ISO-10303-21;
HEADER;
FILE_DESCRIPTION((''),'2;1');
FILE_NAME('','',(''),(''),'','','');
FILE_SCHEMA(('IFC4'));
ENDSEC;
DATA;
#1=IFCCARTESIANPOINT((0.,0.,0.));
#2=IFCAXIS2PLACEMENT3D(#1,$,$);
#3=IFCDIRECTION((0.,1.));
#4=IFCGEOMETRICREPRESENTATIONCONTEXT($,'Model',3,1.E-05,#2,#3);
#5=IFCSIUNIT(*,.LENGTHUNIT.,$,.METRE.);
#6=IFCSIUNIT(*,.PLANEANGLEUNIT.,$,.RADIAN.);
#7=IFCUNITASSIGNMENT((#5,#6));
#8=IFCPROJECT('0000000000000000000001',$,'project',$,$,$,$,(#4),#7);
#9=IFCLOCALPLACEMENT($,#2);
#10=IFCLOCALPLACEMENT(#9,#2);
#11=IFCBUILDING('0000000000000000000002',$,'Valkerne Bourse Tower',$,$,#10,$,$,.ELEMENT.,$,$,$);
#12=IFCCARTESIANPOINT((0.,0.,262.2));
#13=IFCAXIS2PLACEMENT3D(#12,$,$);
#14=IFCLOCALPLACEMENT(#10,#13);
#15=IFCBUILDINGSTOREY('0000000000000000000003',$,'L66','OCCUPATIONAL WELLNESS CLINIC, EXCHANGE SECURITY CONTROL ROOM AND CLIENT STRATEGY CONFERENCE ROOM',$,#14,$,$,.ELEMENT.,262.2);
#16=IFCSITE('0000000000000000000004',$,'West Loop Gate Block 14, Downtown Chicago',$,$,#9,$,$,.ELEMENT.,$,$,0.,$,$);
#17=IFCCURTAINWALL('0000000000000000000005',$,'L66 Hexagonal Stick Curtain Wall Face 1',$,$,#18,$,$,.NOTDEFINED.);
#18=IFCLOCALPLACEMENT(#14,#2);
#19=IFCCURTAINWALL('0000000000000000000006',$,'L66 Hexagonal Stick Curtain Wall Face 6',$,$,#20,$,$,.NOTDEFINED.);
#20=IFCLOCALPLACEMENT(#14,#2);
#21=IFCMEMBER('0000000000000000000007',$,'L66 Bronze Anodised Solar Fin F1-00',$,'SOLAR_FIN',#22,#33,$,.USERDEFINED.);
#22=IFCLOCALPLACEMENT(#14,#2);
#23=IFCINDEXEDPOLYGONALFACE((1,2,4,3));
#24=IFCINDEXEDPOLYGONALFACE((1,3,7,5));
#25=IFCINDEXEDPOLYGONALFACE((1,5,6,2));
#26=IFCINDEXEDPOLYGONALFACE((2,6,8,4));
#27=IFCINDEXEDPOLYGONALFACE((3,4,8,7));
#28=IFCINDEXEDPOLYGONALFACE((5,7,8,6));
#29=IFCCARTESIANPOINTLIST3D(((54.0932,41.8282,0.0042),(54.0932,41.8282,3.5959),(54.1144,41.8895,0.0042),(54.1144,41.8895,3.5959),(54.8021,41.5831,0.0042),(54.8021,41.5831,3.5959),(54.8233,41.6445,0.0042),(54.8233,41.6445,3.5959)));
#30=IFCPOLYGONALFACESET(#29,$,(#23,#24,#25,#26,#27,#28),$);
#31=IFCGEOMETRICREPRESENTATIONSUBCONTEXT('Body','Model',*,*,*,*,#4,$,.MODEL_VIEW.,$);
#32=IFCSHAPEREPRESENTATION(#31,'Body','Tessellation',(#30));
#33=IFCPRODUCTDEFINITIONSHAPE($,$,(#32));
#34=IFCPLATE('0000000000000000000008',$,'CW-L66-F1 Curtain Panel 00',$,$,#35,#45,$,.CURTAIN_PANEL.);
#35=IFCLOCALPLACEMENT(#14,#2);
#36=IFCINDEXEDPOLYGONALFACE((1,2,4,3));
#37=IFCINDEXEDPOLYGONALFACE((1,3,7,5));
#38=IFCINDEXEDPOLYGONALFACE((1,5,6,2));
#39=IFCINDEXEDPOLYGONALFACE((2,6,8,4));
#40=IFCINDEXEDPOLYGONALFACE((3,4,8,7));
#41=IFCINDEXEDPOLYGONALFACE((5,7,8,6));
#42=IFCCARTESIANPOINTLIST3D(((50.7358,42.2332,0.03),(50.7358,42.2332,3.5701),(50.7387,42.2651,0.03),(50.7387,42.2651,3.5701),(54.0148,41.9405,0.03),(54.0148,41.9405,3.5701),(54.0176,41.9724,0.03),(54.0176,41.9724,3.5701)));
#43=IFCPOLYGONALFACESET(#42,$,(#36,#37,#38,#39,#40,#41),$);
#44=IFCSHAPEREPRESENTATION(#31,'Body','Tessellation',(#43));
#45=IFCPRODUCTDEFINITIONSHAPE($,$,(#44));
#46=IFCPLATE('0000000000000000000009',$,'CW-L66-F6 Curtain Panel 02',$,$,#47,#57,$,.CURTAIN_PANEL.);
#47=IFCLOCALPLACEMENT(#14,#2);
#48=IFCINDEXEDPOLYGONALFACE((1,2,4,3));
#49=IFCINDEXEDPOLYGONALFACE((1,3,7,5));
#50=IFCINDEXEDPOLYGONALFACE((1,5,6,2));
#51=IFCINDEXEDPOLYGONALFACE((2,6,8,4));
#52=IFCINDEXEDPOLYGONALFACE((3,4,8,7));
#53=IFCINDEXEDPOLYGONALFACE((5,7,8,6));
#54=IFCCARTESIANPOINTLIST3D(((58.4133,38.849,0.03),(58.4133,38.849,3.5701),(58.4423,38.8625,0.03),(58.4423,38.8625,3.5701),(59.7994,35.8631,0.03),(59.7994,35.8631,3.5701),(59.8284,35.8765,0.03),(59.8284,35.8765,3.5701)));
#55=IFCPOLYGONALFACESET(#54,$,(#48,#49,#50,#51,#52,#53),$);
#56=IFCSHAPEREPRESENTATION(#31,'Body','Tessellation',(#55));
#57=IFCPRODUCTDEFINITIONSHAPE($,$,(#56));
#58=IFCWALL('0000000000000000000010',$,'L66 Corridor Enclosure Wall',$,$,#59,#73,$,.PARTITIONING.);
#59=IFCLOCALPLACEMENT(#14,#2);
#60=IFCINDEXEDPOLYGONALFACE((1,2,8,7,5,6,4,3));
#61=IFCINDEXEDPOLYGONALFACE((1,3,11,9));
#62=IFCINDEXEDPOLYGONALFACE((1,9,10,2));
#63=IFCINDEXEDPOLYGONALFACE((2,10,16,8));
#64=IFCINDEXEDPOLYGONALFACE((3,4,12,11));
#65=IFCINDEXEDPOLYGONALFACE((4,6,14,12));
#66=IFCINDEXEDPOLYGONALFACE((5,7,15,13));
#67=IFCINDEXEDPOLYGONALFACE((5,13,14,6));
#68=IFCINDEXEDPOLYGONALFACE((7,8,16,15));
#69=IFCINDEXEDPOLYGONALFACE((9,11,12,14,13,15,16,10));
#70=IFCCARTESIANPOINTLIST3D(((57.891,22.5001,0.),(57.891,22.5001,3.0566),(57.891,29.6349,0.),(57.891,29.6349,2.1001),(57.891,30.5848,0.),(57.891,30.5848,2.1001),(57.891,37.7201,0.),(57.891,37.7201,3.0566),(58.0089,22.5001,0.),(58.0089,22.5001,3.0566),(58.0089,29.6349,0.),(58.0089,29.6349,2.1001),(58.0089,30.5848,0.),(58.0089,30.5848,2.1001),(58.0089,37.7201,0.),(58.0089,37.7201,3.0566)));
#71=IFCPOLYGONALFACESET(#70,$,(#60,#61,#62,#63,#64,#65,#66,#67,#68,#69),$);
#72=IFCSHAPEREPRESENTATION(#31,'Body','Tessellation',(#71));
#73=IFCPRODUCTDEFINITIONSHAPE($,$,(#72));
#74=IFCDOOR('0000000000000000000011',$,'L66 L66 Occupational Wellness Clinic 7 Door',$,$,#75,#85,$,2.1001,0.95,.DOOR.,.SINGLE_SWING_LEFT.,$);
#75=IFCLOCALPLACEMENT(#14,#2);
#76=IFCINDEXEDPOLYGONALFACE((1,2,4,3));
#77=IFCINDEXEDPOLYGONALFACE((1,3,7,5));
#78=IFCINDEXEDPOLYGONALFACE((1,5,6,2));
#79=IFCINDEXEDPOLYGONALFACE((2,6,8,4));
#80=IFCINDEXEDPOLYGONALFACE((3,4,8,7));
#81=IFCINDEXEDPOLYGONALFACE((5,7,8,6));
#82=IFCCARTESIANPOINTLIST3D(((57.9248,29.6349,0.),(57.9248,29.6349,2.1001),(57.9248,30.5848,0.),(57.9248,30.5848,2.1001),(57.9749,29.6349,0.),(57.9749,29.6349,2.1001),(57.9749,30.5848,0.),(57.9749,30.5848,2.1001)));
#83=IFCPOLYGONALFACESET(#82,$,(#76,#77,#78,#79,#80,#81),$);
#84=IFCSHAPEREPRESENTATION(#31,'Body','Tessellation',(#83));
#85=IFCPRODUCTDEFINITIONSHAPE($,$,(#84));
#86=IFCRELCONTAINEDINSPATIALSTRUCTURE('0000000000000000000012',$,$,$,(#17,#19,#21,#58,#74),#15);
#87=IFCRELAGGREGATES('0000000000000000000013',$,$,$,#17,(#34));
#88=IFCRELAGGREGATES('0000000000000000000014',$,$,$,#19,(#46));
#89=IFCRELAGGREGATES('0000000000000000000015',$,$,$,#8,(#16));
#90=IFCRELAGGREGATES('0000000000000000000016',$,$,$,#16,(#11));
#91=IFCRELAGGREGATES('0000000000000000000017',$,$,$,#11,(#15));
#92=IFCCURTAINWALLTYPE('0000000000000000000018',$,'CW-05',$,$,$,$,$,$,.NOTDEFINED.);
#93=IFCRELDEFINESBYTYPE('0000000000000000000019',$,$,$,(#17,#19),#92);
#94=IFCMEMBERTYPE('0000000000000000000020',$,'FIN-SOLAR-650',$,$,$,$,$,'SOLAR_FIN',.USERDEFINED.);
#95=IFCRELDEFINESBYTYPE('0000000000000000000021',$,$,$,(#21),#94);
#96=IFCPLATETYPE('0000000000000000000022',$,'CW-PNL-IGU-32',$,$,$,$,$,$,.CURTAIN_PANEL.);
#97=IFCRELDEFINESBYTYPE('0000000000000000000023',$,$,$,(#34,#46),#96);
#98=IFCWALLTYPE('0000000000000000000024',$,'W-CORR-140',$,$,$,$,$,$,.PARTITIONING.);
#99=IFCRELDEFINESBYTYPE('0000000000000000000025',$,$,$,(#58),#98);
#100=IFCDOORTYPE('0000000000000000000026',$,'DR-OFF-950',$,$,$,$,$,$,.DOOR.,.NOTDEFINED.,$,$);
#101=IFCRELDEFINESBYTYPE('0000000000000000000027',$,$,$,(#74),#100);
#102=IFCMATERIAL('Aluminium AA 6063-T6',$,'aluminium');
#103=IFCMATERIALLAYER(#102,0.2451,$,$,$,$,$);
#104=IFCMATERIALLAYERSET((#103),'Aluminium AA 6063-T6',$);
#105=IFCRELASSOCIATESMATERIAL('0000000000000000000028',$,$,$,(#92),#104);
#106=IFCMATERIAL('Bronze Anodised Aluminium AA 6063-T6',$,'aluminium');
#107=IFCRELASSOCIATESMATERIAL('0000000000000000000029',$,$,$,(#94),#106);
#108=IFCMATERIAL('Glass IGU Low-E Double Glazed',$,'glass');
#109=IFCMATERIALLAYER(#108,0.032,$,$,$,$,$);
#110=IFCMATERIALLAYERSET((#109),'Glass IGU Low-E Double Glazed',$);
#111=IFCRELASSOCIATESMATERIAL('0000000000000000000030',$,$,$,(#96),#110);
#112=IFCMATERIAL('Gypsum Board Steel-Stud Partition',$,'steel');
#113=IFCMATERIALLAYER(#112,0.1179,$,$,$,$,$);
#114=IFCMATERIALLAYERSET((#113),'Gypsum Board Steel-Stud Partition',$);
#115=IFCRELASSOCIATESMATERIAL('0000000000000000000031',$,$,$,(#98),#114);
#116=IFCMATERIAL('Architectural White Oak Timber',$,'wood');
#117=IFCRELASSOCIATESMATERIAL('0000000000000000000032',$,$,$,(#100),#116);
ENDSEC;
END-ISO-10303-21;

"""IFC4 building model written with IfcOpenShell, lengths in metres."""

from ifc_helpers import new_model, si_unit, direction, frame, frame_2d, origin, origin_2d, place, context, subcontext, project, spatial, rectangle, extrude, material, layer, layer_set, material_profile, profile_set, type_object, element, fill, aggregate, save


model = new_model("IFC4")

# Units and contexts
model_context = context("Model", 3, precision=1e-05, world=origin(), true_north=direction((0.0, 1.0)))
body_context = subcontext(model_context, "Body", "Model", "MODEL_VIEW")
ifc_project = project(units=[si_unit("LENGTHUNIT", "METRE"), si_unit("PLANEANGLEUNIT", "RADIAN")], contexts=[model_context])

# Site, building, storey
site_placement = place(None, origin())
site = spatial("IfcSite", under=ifc_project, at=site_placement, Name="West Loop Gate Block 14, Downtown Chicago", CompositionType="ELEMENT", RefElevation=0.0)
building_placement = place(site_placement, origin())
building = spatial("IfcBuilding", under=site, at=building_placement, Name="Valkerne Bourse Tower", CompositionType="ELEMENT")
storey_placement = place(building_placement, frame((0.0, 0.0, 262.2)))
storey = spatial("IfcBuildingStorey", under=building, at=storey_placement, Name="L66", Description="OCCUPATIONAL WELLNESS CLINIC, EXCHANGE SECURITY CONTROL ROOM AND CLIENT STRATEGY CONFERENCE ROOM", CompositionType="ELEMENT", Elevation=262.2)

# Curtain wall
ifc_material_1 = material(Name="Aluminium AA 6063-T6", Category="aluminium")
ifc_layer_1 = layer(ifc_material_1, 0.2451)
ifc_layer_set_1 = layer_set([ifc_layer_1], Name="Aluminium AA 6063-T6")
curtain_wall_type = type_object("IfcCurtainWallType", Name="CW-05", PredefinedType="NOTDEFINED", material=ifc_layer_set_1)
curtain_wall_1_placement = place(storey_placement, origin())
curtain_wall_1 = element("IfcCurtainWall", 1, at=curtain_wall_1_placement, inside=storey, type_object=curtain_wall_type, Name="L66 Hexagonal Stick Curtain Wall Face 1", PredefinedType="NOTDEFINED")

# Curtain wall
curtain_wall_2_placement = place(storey_placement, origin())
curtain_wall_2 = element("IfcCurtainWall", 2, at=curtain_wall_2_placement, inside=storey, type_object=curtain_wall_type, Name="L66 Hexagonal Stick Curtain Wall Face 6", PredefinedType="NOTDEFINED")

# Member
ifc_material_2 = material(Name="Bronze Anodised Aluminium AA 6063-T6", Category="aluminium")
ifc_material_profile_1 = material_profile(ifc_material_2, rectangle(XDim=0.0649, YDim=0.75, at=origin_2d()), Name="FIN-65X750")
ifc_profile_set_1 = profile_set([ifc_material_profile_1], Name="Bronze Anodised Aluminium AA 6063-T6")
member_type_1 = type_object("IfcMemberType", Name="FIN-SOLAR-650", ElementType="SOLAR_FIN", PredefinedType="USERDEFINED", material=ifc_profile_set_1)
member_1_placement = place(storey_placement, frame((54.4583, 41.7363, 0.0042), z_axis=(0.0, 0.0, 1.0), x_axis=(0.326699, 0.945128, 0.0)))
element("IfcMember", 3, at=member_1_placement, inside=storey, type_object=member_type_1, Name="L66 Bronze Anodised Solar Fin F1-00", ObjectType="SOLAR_FIN", PredefinedType="USERDEFINED", context=body_context, shape_type="SweptSolid", body=[
    extrude(rectangle(XDim=0.0649, YDim=0.75, at=origin_2d()), origin(), (0.0, 0.0, 1.0), 3.5918),
])

# Plates
ifc_material_3 = material(Name="Glass IGU Low-E Double Glazed", Category="glass")
ifc_layer_2 = layer(ifc_material_3, 0.032)
ifc_layer_set_2 = layer_set([ifc_layer_2], Name="Glass IGU Low-E Double Glazed")
plate_type = type_object("IfcPlateType", Name="CW-PNL-IGU-32", PredefinedType="CURTAIN_PANEL", material=ifc_layer_set_2)
plate_1_placement = place(storey_placement, frame((52.3767, 42.1028, 0.03), z_axis=(0.0, 0.0, 1.0), x_axis=(-0.99604, 0.088911, 0.0)))
plate_1 = element("IfcPlate", 4, at=plate_1_placement, type_object=plate_type, Name="CW-L66-F1 Curtain Panel 00", PredefinedType="CURTAIN_PANEL", context=body_context, shape_type="SweptSolid", body=[
    extrude(rectangle(XDim=3.292, YDim=0.032, at=origin_2d()), origin(), (0.0, 0.0, 1.0), 3.54),
])
aggregate(curtain_wall_1, [plate_1])
plate_2_placement = place(storey_placement, frame((59.1208, 37.3628, 0.03), z_axis=(0.0, 0.0, 1.0), x_axis=(-0.421042, 0.907041, 0.0)))
plate_2 = element("IfcPlate", 5, at=plate_2_placement, type_object=plate_type, Name="CW-L66-F6 Curtain Panel 02", PredefinedType="CURTAIN_PANEL", context=body_context, shape_type="SweptSolid", body=[
    extrude(rectangle(XDim=3.292, YDim=0.032, at=origin_2d()), origin(), (0.0, 0.0, 1.0), 3.54),
])
aggregate(curtain_wall_2, [plate_2])

# Wall, opening, door
ifc_material_4 = material(Name="Gypsum Board Steel-Stud Partition", Category="steel")
ifc_layer_3 = layer(ifc_material_4, 0.1179)
ifc_layer_set_3 = layer_set([ifc_layer_3], Name="Gypsum Board Steel-Stud Partition")
wall_type = type_object("IfcWallType", Name="W-CORR-140", PredefinedType="PARTITIONING", material=ifc_layer_set_3)
wall_placement = place(storey_placement, frame((57.95, 37.72, 0.0), z_axis=(0.0, 0.0, 1.0), x_axis=(0.0, -1.0, 0.0)))
wall = element("IfcWall", 6, at=wall_placement, inside=storey, type_object=wall_type, Name="L66 Corridor Enclosure Wall", PredefinedType="PARTITIONING", context=body_context, shape_type="SweptSolid", body=[
    extrude(rectangle(XDim=15.22, YDim=0.1179, at=frame_2d((7.6099, 0.0))), origin(), (0.0, 0.0, 1.0), 3.0566),
])
opening_placement = place(wall_placement, frame((7.135, 0.0, 0.0)))
opening = element("IfcOpeningElement", 7, at=opening_placement, cuts=wall, PredefinedType="OPENING", context=body_context, shape_type="SweptSolid", body=[
    extrude(rectangle(XDim=0.95, YDim=2.1001, at=frame_2d((0.4751, 1.05))), frame((0.0, 0.0688, 0.0), z_axis=(0.0, -1.0, 0.0), x_axis=(1.0, 0.0, 0.0)), (0.0, 0.0, 1.0), 0.1379),
])
ifc_material_5 = material(Name="Architectural White Oak Timber", Category="wood")
door_type = type_object("IfcDoorType", Name="DR-OFF-950", OperationType="NOTDEFINED", PredefinedType="DOOR", material=ifc_material_5)
door_placement = place(opening_placement, origin())
door = element("IfcDoor", 8, at=door_placement, inside=storey, type_object=door_type, Name="L66 L66 Occupational Wellness Clinic 7 Door", OperationType="SINGLE_SWING_LEFT", OverallHeight=2.1001, OverallWidth=0.95, PredefinedType="DOOR", context=body_context, shape_type="SweptSolid", body=[
    extrude(rectangle(XDim=0.95, YDim=2.1001, at=frame_2d((0.4751, 1.05))), frame((0.0, 0.0249, 0.0), z_axis=(0.0, -1.0, 0.0), x_axis=(1.0, 0.0, 0.0)), (0.0, 0.0, 1.0), 0.05),
])
fill(opening, door)

save(model, "model.ifc")
